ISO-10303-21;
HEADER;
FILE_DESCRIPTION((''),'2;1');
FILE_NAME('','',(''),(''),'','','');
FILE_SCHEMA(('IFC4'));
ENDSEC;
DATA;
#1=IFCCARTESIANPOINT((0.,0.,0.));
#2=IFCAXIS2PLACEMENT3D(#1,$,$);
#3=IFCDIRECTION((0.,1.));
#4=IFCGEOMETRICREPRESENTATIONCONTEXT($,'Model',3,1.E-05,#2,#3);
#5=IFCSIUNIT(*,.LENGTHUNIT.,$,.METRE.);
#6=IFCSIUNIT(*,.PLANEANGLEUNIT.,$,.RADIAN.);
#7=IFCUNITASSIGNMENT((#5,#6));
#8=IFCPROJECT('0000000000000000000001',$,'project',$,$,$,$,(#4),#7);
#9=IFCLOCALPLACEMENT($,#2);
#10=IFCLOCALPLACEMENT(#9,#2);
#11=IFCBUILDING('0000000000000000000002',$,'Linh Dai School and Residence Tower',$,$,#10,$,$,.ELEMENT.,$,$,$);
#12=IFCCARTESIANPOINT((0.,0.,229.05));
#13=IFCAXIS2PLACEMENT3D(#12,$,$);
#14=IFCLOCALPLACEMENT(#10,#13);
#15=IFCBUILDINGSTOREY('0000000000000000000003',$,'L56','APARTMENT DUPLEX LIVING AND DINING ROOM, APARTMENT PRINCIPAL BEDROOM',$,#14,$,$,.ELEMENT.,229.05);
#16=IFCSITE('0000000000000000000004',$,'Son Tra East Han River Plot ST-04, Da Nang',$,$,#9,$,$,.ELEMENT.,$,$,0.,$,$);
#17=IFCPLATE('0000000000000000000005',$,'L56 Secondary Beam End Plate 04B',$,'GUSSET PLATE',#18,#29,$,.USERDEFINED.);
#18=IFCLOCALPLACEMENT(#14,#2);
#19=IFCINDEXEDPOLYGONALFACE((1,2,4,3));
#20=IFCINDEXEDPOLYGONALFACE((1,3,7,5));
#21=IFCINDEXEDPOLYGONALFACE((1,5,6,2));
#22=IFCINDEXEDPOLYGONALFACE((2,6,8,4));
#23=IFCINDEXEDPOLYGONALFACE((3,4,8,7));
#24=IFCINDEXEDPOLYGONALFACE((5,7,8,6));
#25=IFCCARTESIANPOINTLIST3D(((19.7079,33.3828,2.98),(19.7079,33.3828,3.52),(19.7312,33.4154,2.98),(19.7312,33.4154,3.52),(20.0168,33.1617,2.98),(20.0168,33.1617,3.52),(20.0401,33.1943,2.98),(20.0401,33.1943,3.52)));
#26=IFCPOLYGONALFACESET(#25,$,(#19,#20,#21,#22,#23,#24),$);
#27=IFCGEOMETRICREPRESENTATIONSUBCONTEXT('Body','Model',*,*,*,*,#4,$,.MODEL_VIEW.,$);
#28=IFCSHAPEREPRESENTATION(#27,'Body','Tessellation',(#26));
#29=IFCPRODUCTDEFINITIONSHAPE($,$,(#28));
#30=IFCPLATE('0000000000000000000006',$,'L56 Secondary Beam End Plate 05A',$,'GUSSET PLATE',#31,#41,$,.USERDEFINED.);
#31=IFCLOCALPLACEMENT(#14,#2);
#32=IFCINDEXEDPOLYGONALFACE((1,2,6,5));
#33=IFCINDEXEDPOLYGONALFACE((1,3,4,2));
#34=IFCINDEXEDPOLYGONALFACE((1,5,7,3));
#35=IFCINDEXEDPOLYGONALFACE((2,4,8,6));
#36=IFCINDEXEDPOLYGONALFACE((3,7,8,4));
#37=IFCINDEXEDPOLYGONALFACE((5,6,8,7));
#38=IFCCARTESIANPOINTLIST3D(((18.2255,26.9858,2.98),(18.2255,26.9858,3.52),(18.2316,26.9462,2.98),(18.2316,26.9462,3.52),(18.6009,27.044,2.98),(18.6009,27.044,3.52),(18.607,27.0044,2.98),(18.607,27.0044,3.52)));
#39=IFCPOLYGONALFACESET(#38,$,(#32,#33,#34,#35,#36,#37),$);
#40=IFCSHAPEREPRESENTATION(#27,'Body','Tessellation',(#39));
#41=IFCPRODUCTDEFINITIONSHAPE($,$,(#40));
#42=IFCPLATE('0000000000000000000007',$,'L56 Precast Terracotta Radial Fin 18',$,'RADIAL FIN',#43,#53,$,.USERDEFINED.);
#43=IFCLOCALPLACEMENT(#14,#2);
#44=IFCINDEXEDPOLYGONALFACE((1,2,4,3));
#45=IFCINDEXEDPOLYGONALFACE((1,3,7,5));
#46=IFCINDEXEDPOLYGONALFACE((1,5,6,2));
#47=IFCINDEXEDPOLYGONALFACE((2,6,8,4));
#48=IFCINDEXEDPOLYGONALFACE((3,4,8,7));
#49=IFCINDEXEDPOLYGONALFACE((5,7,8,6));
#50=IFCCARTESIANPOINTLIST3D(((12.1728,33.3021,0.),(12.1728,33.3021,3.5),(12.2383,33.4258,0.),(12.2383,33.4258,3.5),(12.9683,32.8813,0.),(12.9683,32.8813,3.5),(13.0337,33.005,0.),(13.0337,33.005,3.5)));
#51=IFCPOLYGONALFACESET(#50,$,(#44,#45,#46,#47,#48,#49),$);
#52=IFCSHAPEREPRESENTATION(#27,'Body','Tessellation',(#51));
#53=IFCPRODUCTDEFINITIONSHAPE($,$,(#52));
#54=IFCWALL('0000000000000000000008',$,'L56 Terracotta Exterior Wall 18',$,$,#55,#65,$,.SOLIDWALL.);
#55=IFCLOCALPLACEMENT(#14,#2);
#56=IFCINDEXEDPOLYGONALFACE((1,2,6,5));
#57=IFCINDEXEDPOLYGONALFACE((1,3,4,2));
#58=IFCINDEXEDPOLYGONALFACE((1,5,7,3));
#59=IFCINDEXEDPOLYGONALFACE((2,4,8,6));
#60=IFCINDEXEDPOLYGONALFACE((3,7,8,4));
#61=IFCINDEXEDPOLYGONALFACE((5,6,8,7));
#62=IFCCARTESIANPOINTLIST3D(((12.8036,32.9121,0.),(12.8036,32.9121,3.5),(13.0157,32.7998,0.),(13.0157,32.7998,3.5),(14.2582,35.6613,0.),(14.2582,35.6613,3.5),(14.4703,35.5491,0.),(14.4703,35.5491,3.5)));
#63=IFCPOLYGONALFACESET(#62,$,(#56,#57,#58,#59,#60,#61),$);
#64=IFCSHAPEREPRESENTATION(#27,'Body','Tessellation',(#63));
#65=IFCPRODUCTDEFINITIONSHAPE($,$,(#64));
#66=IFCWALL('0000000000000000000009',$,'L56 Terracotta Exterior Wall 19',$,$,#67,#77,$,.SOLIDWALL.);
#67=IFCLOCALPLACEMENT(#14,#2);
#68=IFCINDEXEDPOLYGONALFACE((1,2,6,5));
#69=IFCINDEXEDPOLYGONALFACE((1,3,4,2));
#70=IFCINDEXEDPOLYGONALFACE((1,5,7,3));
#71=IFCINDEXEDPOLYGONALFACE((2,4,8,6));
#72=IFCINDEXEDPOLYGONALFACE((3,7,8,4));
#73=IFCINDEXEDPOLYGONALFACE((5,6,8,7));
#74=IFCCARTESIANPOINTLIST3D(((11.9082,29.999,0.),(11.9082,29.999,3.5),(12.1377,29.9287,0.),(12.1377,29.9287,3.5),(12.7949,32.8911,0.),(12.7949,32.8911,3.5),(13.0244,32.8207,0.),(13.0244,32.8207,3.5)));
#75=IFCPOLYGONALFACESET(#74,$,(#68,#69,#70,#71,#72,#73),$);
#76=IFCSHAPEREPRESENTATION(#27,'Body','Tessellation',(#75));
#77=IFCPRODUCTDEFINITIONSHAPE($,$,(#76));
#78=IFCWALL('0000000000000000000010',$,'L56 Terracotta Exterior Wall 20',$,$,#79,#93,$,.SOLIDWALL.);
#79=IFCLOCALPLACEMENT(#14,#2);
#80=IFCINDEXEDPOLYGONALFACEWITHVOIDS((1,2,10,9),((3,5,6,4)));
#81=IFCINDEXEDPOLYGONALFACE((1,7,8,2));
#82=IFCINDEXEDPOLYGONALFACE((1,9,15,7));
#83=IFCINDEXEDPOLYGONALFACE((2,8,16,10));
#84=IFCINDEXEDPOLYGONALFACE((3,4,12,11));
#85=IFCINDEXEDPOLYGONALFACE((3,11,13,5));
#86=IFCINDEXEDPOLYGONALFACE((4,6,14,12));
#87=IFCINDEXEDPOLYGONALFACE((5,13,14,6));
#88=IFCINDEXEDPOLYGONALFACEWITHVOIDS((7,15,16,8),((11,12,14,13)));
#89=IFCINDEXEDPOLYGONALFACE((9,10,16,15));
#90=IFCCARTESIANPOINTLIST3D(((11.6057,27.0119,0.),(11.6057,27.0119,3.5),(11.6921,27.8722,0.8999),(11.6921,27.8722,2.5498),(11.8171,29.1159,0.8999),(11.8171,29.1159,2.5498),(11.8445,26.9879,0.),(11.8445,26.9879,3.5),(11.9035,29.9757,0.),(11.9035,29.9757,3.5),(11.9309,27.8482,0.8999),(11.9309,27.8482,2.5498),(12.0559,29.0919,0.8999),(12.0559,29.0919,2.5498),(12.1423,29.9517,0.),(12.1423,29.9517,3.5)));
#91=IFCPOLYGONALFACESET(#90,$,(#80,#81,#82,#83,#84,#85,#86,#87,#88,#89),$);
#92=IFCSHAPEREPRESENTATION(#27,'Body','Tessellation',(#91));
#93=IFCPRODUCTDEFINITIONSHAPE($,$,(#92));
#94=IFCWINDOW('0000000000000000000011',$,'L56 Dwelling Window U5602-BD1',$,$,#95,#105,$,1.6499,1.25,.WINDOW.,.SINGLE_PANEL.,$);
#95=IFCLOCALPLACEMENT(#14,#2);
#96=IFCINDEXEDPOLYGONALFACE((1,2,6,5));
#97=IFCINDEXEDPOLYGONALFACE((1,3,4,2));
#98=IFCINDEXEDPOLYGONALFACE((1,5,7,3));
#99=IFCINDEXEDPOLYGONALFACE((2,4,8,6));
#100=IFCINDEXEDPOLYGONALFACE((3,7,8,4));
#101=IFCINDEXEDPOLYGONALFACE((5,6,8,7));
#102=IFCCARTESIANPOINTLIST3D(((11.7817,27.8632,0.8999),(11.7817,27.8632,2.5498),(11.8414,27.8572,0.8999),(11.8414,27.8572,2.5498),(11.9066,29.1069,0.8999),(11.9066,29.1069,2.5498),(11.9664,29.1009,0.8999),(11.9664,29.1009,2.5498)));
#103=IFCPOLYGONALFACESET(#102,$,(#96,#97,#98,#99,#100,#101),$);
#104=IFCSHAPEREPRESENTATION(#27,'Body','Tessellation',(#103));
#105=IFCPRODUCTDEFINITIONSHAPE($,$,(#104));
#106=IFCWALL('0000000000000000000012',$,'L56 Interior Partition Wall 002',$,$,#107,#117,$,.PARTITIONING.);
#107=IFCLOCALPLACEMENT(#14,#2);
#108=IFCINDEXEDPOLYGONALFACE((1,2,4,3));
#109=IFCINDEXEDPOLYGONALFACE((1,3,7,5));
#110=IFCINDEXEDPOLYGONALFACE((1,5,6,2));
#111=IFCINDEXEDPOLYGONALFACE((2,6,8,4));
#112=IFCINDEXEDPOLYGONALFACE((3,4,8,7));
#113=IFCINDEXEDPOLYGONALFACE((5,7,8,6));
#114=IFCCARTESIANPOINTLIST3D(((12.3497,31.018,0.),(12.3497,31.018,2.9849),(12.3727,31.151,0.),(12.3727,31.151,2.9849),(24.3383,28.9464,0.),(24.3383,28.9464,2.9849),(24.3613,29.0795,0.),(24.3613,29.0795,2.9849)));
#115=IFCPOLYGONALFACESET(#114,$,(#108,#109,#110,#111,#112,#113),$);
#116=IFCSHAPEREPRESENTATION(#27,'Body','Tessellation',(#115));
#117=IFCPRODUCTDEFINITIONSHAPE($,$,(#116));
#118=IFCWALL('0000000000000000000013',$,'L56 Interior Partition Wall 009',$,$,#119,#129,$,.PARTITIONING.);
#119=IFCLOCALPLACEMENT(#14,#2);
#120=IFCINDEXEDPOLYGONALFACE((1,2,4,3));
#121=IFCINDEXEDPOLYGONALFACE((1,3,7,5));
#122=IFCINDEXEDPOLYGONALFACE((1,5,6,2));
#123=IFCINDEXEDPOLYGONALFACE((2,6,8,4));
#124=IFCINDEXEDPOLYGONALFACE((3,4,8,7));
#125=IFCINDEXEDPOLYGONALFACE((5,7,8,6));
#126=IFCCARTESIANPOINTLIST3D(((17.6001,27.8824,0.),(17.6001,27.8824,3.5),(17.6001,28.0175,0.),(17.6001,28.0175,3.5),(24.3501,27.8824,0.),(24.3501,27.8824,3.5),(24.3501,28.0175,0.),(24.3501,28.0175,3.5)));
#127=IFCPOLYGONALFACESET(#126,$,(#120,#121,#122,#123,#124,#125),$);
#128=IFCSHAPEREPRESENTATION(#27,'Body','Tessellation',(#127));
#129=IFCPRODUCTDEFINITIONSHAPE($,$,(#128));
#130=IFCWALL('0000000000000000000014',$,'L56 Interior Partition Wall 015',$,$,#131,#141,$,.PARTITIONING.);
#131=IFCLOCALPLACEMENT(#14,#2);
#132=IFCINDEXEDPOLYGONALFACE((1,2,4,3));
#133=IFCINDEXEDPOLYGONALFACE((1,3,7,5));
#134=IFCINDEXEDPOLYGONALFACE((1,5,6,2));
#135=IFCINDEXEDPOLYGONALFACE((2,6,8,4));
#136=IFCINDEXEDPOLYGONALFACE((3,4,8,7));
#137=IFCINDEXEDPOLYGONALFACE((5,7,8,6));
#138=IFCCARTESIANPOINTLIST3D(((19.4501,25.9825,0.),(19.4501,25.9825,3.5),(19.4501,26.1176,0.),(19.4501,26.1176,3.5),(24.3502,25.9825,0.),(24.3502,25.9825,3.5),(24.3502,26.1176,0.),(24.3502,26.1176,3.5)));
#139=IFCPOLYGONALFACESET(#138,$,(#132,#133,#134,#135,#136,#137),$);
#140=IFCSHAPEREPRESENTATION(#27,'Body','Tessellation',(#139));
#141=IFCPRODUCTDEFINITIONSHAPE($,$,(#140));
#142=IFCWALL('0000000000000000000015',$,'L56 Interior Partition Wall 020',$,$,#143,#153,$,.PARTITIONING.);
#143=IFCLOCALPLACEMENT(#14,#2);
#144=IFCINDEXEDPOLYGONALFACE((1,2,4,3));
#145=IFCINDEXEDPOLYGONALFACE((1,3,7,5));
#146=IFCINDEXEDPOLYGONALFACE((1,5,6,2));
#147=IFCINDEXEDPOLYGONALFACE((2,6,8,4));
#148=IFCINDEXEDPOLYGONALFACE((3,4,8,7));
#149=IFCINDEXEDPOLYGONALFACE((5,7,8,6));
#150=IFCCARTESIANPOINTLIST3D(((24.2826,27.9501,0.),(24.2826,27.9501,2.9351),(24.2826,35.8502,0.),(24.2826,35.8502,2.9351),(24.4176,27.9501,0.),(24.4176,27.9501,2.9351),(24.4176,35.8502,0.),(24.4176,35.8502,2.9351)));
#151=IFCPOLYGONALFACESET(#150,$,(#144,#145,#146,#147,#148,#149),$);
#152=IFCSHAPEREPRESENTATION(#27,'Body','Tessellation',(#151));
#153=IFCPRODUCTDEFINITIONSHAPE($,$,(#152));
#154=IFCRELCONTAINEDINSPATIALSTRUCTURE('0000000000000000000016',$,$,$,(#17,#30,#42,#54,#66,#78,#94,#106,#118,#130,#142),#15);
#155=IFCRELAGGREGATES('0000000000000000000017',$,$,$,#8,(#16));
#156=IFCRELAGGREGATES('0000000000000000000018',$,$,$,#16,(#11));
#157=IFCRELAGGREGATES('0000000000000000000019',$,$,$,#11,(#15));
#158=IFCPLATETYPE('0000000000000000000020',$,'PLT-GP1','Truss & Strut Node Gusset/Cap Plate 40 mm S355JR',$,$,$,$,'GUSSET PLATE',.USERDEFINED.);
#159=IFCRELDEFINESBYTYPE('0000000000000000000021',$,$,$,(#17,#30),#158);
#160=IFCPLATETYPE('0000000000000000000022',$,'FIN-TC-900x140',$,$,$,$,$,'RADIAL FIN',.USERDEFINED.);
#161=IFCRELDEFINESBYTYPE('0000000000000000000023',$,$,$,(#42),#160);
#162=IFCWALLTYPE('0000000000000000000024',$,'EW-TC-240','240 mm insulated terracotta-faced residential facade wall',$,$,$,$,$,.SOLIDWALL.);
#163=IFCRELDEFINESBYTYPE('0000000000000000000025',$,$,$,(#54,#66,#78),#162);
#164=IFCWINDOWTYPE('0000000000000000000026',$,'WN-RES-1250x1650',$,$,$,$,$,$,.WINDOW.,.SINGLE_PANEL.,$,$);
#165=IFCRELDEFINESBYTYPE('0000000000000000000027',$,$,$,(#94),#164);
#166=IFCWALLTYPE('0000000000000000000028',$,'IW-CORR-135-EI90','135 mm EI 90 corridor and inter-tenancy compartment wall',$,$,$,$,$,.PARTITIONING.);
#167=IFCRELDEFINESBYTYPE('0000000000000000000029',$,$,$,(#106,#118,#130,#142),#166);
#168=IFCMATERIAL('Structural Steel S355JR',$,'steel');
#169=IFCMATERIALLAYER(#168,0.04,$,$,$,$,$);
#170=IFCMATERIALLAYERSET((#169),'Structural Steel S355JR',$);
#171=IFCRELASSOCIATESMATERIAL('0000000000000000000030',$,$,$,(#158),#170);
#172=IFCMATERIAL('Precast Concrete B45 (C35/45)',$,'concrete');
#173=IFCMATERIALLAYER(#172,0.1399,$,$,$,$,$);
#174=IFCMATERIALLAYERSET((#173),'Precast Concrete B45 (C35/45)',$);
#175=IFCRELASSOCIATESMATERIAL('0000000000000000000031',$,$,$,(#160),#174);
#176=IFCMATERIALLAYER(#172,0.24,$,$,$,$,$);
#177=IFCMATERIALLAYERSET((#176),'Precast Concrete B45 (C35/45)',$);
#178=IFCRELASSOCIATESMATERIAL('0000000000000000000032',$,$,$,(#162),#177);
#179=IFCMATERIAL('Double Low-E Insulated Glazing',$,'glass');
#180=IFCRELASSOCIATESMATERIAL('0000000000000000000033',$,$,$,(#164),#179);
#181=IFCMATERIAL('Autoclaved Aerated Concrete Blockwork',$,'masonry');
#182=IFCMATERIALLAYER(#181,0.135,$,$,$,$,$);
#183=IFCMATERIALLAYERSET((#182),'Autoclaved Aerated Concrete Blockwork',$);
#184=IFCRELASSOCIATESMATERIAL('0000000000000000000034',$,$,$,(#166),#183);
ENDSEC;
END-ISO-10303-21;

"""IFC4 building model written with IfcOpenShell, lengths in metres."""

from ifc_helpers import new_model, si_unit, direction, frame, frame_2d, origin, origin_2d, place, context, subcontext, project, spatial, rectangle, extrude, source, transform, mapped, material, layer, layer_set, type_object, element, fill, save


model = new_model("IFC4")

# Units and contexts
model_context = context("Model", 3, precision=1e-05, world=origin(), true_north=direction((0.0, 1.0)))
body_context = subcontext(model_context, "Body", "Model", "MODEL_VIEW")
ifc_project = project(units=[si_unit("LENGTHUNIT", "METRE"), si_unit("PLANEANGLEUNIT", "RADIAN")], contexts=[model_context])

# Site, building, storey
site_placement = place(None, origin())
site = spatial("IfcSite", under=ifc_project, at=site_placement, Name="Son Tra East Han River Plot ST-04, Da Nang", CompositionType="ELEMENT", RefElevation=0.0)
building_placement = place(site_placement, origin())
building = spatial("IfcBuilding", under=site, at=building_placement, Name="Linh Dai School and Residence Tower", CompositionType="ELEMENT")
storey_placement = place(building_placement, frame((0.0, 0.0, 229.05)))
storey = spatial("IfcBuildingStorey", under=building, at=storey_placement, Name="L56", Description="APARTMENT DUPLEX LIVING AND DINING ROOM, APARTMENT PRINCIPAL BEDROOM", CompositionType="ELEMENT", Elevation=229.05)

# Shared definitions
ifc_material_1 = material(Name="Structural Steel S355JR", Category="steel")

# Plates
ifc_layer_1 = layer(ifc_material_1, 0.04)
ifc_layer_set_1 = layer_set([ifc_layer_1], Name="Structural Steel S355JR")
plate_type_1 = type_object("IfcPlateType", Name="PLT-GP1", Description="Truss & Strut Node Gusset/Cap Plate 40 mm S355JR", ElementType="GUSSET PLATE", PredefinedType="USERDEFINED", material=ifc_layer_set_1)
shared_shape_1 = source(origin(), body_context, "Body", "SweptSolid", [
    extrude(rectangle(XDim=0.04, YDim=0.3799, at=origin_2d()), origin(), (0.0, 0.0, 1.0), 0.54),
])
for number, where, z_axis, x_axis, name in (
    (1, (19.874, 33.2886, 2.98), (0.0, 0.0, 1.0), (-0.58204, -0.81316, 0.0), "L56 Secondary Beam End Plate 04B"),
    (2, (18.4163, 26.9951, 2.98), (0.0, 0.0, 1.0), (0.153186, -0.988197, 0.0), "L56 Secondary Beam End Plate 05A"),
):
    element("IfcPlate", number, at=place(storey_placement, frame(where, z_axis=z_axis, x_axis=x_axis)), inside=storey, type_object=plate_type_1, Name=name, ObjectType="GUSSET PLATE", PredefinedType="USERDEFINED", context=body_context, shape_type="MappedRepresentation", body=[
        mapped(shared_shape_1, transform((0.0, 0.0, 0.0), x_axis=(1.0, 0.0, 0.0), y_axis=(0.0, 1.0, 0.0), z_axis=(0.0, 0.0, 1.0), scale=1.0)),
    ])
ifc_material_2 = material(Name="Precast Concrete B45 (C35/45)", Category="concrete")
ifc_layer_2 = layer(ifc_material_2, 0.1399)
ifc_layer_set_2 = layer_set([ifc_layer_2], Name="Precast Concrete B45 (C35/45)")
plate_type_2 = type_object("IfcPlateType", Name="FIN-TC-900x140", ElementType="RADIAL FIN", PredefinedType="USERDEFINED", material=ifc_layer_set_2)
shared_shape_2 = source(origin(), body_context, "Body", "SweptSolid", [
    extrude(rectangle(XDim=0.8999, YDim=0.1399, at=origin_2d()), origin(), (0.0, 0.0, 1.0), 3.5),
])
plate_placement = place(storey_placement, frame((12.6033, 33.1536, 0.0), z_axis=(0.0, 0.0, 1.0), x_axis=(-0.883929, 0.467621, 0.0)))
element("IfcPlate", 3, at=plate_placement, inside=storey, type_object=plate_type_2, Name="L56 Precast Terracotta Radial Fin 18", ObjectType="RADIAL FIN", PredefinedType="USERDEFINED", context=body_context, shape_type="MappedRepresentation", body=[
    mapped(shared_shape_2, transform((0.0, 0.0, 0.0), x_axis=(1.0, 0.0, 0.0), y_axis=(0.0, 1.0, 0.0), z_axis=(0.0, 0.0, 1.0), scale=1.0)),
])

# Walls
ifc_layer_3 = layer(ifc_material_2, 0.24)
ifc_layer_set_3 = layer_set([ifc_layer_3], Name="Precast Concrete B45 (C35/45)")
wall_type_1 = type_object("IfcWallType", Name="EW-TC-240", Description="240 mm insulated terracotta-faced residential facade wall", PredefinedType="SOLIDWALL", material=ifc_layer_set_3)
wall_1_placement = place(storey_placement, frame((12.9097, 32.856, 0.0), z_axis=(0.0, 0.0, 1.0), x_axis=(0.46766, 0.883908, 0.0)))
element("IfcWall", 4, at=wall_1_placement, inside=storey, type_object=wall_type_1, Name="L56 Terracotta Exterior Wall 18", PredefinedType="SOLIDWALL", context=body_context, shape_type="SweptSolid", body=[
    extrude(rectangle(XDim=3.1104, YDim=0.24, at=frame_2d((1.5552, 0.0))), origin(), (0.0, 0.0, 1.0), 3.5),
])
wall_2_placement = place(storey_placement, frame((12.0229, 29.9639, 0.0), z_axis=(0.0, 0.0, 1.0), x_axis=(0.293133, 0.956072, 0.0)))
element("IfcWall", 5, at=wall_2_placement, inside=storey, type_object=wall_type_1, Name="L56 Terracotta Exterior Wall 19", PredefinedType="SOLIDWALL", context=body_context, shape_type="SweptSolid", body=[
    extrude(rectangle(XDim=3.0249, YDim=0.24, at=frame_2d((1.5125, 0.0))), origin(), (0.0, 0.0, 1.0), 3.5),
])

# Wall, opening, window
wall_3_placement = place(storey_placement, frame((11.7251, 27.0, 0.0), z_axis=(0.0, 0.0, 1.0), x_axis=(0.099991, 0.994988, 0.0)))
wall_3 = element("IfcWall", 6, at=wall_3_placement, inside=storey, type_object=wall_type_1, Name="L56 Terracotta Exterior Wall 20", PredefinedType="SOLIDWALL", context=body_context, shape_type="SweptSolid", body=[
    extrude(rectangle(XDim=2.9788, YDim=0.24, at=frame_2d((1.4893, 0.0))), origin(), (0.0, 0.0, 1.0), 3.5),
])
opening_1_placement = place(wall_3_placement, frame((0.8645, 0.0, 0.8999)))
opening_1 = element("IfcOpeningElement", 7, at=opening_1_placement, cuts=wall_3, PredefinedType="OPENING", context=body_context, shape_type="SweptSolid", body=[
    extrude(rectangle(XDim=1.25, YDim=1.6499, at=origin_2d()), frame((0.625, 0.1299, 0.825), z_axis=(0.0, -1.0, 0.0), x_axis=(1.0, 0.0, 0.0)), (0.0, 0.0, 1.0), 0.26),
])
ifc_material_3 = material(Name="Double Low-E Insulated Glazing", Category="glass")
window_type = type_object("IfcWindowType", Name="WN-RES-1250x1650", PartitioningType="SINGLE_PANEL", PredefinedType="WINDOW", material=ifc_material_3)
shared_shape_3 = source(origin(), body_context, "Body", "SweptSolid", [
    extrude(rectangle(XDim=1.25, YDim=1.6499, at=origin_2d()), frame((0.625, 0.03, 0.825), z_axis=(0.0, -1.0, 0.0), x_axis=(1.0, 0.0, 0.0)), (0.0, 0.0, 1.0), 0.0601),
])
window_placement = place(opening_1_placement, origin())
window = element("IfcWindow", 8, at=window_placement, inside=storey, type_object=window_type, Name="L56 Dwelling Window U5602-BD1", OverallHeight=1.6499, OverallWidth=1.25, PartitioningType="SINGLE_PANEL", PredefinedType="WINDOW", context=body_context, shape_type="MappedRepresentation", body=[
    mapped(shared_shape_3, transform((0.0, 0.0, 0.0), x_axis=(1.0, 0.0, 0.0), y_axis=(0.0, 1.0, 0.0), z_axis=(0.0, 0.0, 1.0), scale=1.0)),
])
fill(opening_1, window)

# Walls
ifc_material_4 = material(Name="Autoclaved Aerated Concrete Blockwork", Category="masonry")
ifc_layer_4 = layer(ifc_material_4, 0.135)
ifc_layer_set_4 = layer_set([ifc_layer_4], Name="Autoclaved Aerated Concrete Blockwork")
wall_type_2 = type_object("IfcWallType", Name="IW-CORR-135-EI90", Description="135 mm EI 90 corridor and inter-tenancy compartment wall", PredefinedType="PARTITIONING", material=ifc_layer_set_4)
wall_4_placement = place(storey_placement, frame((12.3613, 31.0845, 0.0), z_axis=(0.0, 0.0, 1.0), x_axis=(0.985397, -0.17027, 0.0)))
element("IfcWall", 9, at=wall_4_placement, inside=storey, type_object=wall_type_2, Name="L56 Interior Partition Wall 002", PredefinedType="PARTITIONING", context=body_context, shape_type="SweptSolid", body=[
    extrude(rectangle(XDim=12.1663, YDim=0.135, at=frame_2d((6.083, 0.0))), origin(), (0.0, 0.0, 1.0), 2.9849),
])
wall_5_placement = place(storey_placement, frame((17.6001, 27.95, 0.0), z_axis=(0.0, 0.0, 1.0), x_axis=(1.0, 0.0, 0.0)))
element("IfcWall", 10, at=wall_5_placement, inside=storey, type_object=wall_type_2, Name="L56 Interior Partition Wall 009", PredefinedType="PARTITIONING", context=body_context, shape_type="SweptSolid", body=[
    extrude(rectangle(XDim=6.75, YDim=0.135, at=frame_2d((3.375, 0.0))), origin(), (0.0, 0.0, 1.0), 3.5),
])
wall_6_placement = place(storey_placement, frame((19.45, 26.05, 0.0), z_axis=(0.0, 0.0, 1.0), x_axis=(1.0, 0.0, 0.0)))
element("IfcWall", 11, at=wall_6_placement, inside=storey, type_object=wall_type_2, Name="L56 Interior Partition Wall 015", PredefinedType="PARTITIONING", context=body_context, shape_type="SweptSolid", body=[
    extrude(rectangle(XDim=4.9001, YDim=0.135, at=frame_2d((2.4502, 0.0))), origin(), (0.0, 0.0, 1.0), 3.5),
])
wall_7_placement = place(storey_placement, frame((24.3501, 27.95, 0.0), z_axis=(0.0, 0.0, 1.0), x_axis=(0.0, 1.0, 0.0)))
element("IfcWall", 12, at=wall_7_placement, inside=storey, type_object=wall_type_2, Name="L56 Interior Partition Wall 020", PredefinedType="PARTITIONING", context=body_context, shape_type="SweptSolid", body=[
    extrude(rectangle(XDim=7.9001, YDim=0.135, at=frame_2d((3.9502, 0.0))), origin(), (0.0, 0.0, 1.0), 2.9351),
])

save(model, "model.ifc")
